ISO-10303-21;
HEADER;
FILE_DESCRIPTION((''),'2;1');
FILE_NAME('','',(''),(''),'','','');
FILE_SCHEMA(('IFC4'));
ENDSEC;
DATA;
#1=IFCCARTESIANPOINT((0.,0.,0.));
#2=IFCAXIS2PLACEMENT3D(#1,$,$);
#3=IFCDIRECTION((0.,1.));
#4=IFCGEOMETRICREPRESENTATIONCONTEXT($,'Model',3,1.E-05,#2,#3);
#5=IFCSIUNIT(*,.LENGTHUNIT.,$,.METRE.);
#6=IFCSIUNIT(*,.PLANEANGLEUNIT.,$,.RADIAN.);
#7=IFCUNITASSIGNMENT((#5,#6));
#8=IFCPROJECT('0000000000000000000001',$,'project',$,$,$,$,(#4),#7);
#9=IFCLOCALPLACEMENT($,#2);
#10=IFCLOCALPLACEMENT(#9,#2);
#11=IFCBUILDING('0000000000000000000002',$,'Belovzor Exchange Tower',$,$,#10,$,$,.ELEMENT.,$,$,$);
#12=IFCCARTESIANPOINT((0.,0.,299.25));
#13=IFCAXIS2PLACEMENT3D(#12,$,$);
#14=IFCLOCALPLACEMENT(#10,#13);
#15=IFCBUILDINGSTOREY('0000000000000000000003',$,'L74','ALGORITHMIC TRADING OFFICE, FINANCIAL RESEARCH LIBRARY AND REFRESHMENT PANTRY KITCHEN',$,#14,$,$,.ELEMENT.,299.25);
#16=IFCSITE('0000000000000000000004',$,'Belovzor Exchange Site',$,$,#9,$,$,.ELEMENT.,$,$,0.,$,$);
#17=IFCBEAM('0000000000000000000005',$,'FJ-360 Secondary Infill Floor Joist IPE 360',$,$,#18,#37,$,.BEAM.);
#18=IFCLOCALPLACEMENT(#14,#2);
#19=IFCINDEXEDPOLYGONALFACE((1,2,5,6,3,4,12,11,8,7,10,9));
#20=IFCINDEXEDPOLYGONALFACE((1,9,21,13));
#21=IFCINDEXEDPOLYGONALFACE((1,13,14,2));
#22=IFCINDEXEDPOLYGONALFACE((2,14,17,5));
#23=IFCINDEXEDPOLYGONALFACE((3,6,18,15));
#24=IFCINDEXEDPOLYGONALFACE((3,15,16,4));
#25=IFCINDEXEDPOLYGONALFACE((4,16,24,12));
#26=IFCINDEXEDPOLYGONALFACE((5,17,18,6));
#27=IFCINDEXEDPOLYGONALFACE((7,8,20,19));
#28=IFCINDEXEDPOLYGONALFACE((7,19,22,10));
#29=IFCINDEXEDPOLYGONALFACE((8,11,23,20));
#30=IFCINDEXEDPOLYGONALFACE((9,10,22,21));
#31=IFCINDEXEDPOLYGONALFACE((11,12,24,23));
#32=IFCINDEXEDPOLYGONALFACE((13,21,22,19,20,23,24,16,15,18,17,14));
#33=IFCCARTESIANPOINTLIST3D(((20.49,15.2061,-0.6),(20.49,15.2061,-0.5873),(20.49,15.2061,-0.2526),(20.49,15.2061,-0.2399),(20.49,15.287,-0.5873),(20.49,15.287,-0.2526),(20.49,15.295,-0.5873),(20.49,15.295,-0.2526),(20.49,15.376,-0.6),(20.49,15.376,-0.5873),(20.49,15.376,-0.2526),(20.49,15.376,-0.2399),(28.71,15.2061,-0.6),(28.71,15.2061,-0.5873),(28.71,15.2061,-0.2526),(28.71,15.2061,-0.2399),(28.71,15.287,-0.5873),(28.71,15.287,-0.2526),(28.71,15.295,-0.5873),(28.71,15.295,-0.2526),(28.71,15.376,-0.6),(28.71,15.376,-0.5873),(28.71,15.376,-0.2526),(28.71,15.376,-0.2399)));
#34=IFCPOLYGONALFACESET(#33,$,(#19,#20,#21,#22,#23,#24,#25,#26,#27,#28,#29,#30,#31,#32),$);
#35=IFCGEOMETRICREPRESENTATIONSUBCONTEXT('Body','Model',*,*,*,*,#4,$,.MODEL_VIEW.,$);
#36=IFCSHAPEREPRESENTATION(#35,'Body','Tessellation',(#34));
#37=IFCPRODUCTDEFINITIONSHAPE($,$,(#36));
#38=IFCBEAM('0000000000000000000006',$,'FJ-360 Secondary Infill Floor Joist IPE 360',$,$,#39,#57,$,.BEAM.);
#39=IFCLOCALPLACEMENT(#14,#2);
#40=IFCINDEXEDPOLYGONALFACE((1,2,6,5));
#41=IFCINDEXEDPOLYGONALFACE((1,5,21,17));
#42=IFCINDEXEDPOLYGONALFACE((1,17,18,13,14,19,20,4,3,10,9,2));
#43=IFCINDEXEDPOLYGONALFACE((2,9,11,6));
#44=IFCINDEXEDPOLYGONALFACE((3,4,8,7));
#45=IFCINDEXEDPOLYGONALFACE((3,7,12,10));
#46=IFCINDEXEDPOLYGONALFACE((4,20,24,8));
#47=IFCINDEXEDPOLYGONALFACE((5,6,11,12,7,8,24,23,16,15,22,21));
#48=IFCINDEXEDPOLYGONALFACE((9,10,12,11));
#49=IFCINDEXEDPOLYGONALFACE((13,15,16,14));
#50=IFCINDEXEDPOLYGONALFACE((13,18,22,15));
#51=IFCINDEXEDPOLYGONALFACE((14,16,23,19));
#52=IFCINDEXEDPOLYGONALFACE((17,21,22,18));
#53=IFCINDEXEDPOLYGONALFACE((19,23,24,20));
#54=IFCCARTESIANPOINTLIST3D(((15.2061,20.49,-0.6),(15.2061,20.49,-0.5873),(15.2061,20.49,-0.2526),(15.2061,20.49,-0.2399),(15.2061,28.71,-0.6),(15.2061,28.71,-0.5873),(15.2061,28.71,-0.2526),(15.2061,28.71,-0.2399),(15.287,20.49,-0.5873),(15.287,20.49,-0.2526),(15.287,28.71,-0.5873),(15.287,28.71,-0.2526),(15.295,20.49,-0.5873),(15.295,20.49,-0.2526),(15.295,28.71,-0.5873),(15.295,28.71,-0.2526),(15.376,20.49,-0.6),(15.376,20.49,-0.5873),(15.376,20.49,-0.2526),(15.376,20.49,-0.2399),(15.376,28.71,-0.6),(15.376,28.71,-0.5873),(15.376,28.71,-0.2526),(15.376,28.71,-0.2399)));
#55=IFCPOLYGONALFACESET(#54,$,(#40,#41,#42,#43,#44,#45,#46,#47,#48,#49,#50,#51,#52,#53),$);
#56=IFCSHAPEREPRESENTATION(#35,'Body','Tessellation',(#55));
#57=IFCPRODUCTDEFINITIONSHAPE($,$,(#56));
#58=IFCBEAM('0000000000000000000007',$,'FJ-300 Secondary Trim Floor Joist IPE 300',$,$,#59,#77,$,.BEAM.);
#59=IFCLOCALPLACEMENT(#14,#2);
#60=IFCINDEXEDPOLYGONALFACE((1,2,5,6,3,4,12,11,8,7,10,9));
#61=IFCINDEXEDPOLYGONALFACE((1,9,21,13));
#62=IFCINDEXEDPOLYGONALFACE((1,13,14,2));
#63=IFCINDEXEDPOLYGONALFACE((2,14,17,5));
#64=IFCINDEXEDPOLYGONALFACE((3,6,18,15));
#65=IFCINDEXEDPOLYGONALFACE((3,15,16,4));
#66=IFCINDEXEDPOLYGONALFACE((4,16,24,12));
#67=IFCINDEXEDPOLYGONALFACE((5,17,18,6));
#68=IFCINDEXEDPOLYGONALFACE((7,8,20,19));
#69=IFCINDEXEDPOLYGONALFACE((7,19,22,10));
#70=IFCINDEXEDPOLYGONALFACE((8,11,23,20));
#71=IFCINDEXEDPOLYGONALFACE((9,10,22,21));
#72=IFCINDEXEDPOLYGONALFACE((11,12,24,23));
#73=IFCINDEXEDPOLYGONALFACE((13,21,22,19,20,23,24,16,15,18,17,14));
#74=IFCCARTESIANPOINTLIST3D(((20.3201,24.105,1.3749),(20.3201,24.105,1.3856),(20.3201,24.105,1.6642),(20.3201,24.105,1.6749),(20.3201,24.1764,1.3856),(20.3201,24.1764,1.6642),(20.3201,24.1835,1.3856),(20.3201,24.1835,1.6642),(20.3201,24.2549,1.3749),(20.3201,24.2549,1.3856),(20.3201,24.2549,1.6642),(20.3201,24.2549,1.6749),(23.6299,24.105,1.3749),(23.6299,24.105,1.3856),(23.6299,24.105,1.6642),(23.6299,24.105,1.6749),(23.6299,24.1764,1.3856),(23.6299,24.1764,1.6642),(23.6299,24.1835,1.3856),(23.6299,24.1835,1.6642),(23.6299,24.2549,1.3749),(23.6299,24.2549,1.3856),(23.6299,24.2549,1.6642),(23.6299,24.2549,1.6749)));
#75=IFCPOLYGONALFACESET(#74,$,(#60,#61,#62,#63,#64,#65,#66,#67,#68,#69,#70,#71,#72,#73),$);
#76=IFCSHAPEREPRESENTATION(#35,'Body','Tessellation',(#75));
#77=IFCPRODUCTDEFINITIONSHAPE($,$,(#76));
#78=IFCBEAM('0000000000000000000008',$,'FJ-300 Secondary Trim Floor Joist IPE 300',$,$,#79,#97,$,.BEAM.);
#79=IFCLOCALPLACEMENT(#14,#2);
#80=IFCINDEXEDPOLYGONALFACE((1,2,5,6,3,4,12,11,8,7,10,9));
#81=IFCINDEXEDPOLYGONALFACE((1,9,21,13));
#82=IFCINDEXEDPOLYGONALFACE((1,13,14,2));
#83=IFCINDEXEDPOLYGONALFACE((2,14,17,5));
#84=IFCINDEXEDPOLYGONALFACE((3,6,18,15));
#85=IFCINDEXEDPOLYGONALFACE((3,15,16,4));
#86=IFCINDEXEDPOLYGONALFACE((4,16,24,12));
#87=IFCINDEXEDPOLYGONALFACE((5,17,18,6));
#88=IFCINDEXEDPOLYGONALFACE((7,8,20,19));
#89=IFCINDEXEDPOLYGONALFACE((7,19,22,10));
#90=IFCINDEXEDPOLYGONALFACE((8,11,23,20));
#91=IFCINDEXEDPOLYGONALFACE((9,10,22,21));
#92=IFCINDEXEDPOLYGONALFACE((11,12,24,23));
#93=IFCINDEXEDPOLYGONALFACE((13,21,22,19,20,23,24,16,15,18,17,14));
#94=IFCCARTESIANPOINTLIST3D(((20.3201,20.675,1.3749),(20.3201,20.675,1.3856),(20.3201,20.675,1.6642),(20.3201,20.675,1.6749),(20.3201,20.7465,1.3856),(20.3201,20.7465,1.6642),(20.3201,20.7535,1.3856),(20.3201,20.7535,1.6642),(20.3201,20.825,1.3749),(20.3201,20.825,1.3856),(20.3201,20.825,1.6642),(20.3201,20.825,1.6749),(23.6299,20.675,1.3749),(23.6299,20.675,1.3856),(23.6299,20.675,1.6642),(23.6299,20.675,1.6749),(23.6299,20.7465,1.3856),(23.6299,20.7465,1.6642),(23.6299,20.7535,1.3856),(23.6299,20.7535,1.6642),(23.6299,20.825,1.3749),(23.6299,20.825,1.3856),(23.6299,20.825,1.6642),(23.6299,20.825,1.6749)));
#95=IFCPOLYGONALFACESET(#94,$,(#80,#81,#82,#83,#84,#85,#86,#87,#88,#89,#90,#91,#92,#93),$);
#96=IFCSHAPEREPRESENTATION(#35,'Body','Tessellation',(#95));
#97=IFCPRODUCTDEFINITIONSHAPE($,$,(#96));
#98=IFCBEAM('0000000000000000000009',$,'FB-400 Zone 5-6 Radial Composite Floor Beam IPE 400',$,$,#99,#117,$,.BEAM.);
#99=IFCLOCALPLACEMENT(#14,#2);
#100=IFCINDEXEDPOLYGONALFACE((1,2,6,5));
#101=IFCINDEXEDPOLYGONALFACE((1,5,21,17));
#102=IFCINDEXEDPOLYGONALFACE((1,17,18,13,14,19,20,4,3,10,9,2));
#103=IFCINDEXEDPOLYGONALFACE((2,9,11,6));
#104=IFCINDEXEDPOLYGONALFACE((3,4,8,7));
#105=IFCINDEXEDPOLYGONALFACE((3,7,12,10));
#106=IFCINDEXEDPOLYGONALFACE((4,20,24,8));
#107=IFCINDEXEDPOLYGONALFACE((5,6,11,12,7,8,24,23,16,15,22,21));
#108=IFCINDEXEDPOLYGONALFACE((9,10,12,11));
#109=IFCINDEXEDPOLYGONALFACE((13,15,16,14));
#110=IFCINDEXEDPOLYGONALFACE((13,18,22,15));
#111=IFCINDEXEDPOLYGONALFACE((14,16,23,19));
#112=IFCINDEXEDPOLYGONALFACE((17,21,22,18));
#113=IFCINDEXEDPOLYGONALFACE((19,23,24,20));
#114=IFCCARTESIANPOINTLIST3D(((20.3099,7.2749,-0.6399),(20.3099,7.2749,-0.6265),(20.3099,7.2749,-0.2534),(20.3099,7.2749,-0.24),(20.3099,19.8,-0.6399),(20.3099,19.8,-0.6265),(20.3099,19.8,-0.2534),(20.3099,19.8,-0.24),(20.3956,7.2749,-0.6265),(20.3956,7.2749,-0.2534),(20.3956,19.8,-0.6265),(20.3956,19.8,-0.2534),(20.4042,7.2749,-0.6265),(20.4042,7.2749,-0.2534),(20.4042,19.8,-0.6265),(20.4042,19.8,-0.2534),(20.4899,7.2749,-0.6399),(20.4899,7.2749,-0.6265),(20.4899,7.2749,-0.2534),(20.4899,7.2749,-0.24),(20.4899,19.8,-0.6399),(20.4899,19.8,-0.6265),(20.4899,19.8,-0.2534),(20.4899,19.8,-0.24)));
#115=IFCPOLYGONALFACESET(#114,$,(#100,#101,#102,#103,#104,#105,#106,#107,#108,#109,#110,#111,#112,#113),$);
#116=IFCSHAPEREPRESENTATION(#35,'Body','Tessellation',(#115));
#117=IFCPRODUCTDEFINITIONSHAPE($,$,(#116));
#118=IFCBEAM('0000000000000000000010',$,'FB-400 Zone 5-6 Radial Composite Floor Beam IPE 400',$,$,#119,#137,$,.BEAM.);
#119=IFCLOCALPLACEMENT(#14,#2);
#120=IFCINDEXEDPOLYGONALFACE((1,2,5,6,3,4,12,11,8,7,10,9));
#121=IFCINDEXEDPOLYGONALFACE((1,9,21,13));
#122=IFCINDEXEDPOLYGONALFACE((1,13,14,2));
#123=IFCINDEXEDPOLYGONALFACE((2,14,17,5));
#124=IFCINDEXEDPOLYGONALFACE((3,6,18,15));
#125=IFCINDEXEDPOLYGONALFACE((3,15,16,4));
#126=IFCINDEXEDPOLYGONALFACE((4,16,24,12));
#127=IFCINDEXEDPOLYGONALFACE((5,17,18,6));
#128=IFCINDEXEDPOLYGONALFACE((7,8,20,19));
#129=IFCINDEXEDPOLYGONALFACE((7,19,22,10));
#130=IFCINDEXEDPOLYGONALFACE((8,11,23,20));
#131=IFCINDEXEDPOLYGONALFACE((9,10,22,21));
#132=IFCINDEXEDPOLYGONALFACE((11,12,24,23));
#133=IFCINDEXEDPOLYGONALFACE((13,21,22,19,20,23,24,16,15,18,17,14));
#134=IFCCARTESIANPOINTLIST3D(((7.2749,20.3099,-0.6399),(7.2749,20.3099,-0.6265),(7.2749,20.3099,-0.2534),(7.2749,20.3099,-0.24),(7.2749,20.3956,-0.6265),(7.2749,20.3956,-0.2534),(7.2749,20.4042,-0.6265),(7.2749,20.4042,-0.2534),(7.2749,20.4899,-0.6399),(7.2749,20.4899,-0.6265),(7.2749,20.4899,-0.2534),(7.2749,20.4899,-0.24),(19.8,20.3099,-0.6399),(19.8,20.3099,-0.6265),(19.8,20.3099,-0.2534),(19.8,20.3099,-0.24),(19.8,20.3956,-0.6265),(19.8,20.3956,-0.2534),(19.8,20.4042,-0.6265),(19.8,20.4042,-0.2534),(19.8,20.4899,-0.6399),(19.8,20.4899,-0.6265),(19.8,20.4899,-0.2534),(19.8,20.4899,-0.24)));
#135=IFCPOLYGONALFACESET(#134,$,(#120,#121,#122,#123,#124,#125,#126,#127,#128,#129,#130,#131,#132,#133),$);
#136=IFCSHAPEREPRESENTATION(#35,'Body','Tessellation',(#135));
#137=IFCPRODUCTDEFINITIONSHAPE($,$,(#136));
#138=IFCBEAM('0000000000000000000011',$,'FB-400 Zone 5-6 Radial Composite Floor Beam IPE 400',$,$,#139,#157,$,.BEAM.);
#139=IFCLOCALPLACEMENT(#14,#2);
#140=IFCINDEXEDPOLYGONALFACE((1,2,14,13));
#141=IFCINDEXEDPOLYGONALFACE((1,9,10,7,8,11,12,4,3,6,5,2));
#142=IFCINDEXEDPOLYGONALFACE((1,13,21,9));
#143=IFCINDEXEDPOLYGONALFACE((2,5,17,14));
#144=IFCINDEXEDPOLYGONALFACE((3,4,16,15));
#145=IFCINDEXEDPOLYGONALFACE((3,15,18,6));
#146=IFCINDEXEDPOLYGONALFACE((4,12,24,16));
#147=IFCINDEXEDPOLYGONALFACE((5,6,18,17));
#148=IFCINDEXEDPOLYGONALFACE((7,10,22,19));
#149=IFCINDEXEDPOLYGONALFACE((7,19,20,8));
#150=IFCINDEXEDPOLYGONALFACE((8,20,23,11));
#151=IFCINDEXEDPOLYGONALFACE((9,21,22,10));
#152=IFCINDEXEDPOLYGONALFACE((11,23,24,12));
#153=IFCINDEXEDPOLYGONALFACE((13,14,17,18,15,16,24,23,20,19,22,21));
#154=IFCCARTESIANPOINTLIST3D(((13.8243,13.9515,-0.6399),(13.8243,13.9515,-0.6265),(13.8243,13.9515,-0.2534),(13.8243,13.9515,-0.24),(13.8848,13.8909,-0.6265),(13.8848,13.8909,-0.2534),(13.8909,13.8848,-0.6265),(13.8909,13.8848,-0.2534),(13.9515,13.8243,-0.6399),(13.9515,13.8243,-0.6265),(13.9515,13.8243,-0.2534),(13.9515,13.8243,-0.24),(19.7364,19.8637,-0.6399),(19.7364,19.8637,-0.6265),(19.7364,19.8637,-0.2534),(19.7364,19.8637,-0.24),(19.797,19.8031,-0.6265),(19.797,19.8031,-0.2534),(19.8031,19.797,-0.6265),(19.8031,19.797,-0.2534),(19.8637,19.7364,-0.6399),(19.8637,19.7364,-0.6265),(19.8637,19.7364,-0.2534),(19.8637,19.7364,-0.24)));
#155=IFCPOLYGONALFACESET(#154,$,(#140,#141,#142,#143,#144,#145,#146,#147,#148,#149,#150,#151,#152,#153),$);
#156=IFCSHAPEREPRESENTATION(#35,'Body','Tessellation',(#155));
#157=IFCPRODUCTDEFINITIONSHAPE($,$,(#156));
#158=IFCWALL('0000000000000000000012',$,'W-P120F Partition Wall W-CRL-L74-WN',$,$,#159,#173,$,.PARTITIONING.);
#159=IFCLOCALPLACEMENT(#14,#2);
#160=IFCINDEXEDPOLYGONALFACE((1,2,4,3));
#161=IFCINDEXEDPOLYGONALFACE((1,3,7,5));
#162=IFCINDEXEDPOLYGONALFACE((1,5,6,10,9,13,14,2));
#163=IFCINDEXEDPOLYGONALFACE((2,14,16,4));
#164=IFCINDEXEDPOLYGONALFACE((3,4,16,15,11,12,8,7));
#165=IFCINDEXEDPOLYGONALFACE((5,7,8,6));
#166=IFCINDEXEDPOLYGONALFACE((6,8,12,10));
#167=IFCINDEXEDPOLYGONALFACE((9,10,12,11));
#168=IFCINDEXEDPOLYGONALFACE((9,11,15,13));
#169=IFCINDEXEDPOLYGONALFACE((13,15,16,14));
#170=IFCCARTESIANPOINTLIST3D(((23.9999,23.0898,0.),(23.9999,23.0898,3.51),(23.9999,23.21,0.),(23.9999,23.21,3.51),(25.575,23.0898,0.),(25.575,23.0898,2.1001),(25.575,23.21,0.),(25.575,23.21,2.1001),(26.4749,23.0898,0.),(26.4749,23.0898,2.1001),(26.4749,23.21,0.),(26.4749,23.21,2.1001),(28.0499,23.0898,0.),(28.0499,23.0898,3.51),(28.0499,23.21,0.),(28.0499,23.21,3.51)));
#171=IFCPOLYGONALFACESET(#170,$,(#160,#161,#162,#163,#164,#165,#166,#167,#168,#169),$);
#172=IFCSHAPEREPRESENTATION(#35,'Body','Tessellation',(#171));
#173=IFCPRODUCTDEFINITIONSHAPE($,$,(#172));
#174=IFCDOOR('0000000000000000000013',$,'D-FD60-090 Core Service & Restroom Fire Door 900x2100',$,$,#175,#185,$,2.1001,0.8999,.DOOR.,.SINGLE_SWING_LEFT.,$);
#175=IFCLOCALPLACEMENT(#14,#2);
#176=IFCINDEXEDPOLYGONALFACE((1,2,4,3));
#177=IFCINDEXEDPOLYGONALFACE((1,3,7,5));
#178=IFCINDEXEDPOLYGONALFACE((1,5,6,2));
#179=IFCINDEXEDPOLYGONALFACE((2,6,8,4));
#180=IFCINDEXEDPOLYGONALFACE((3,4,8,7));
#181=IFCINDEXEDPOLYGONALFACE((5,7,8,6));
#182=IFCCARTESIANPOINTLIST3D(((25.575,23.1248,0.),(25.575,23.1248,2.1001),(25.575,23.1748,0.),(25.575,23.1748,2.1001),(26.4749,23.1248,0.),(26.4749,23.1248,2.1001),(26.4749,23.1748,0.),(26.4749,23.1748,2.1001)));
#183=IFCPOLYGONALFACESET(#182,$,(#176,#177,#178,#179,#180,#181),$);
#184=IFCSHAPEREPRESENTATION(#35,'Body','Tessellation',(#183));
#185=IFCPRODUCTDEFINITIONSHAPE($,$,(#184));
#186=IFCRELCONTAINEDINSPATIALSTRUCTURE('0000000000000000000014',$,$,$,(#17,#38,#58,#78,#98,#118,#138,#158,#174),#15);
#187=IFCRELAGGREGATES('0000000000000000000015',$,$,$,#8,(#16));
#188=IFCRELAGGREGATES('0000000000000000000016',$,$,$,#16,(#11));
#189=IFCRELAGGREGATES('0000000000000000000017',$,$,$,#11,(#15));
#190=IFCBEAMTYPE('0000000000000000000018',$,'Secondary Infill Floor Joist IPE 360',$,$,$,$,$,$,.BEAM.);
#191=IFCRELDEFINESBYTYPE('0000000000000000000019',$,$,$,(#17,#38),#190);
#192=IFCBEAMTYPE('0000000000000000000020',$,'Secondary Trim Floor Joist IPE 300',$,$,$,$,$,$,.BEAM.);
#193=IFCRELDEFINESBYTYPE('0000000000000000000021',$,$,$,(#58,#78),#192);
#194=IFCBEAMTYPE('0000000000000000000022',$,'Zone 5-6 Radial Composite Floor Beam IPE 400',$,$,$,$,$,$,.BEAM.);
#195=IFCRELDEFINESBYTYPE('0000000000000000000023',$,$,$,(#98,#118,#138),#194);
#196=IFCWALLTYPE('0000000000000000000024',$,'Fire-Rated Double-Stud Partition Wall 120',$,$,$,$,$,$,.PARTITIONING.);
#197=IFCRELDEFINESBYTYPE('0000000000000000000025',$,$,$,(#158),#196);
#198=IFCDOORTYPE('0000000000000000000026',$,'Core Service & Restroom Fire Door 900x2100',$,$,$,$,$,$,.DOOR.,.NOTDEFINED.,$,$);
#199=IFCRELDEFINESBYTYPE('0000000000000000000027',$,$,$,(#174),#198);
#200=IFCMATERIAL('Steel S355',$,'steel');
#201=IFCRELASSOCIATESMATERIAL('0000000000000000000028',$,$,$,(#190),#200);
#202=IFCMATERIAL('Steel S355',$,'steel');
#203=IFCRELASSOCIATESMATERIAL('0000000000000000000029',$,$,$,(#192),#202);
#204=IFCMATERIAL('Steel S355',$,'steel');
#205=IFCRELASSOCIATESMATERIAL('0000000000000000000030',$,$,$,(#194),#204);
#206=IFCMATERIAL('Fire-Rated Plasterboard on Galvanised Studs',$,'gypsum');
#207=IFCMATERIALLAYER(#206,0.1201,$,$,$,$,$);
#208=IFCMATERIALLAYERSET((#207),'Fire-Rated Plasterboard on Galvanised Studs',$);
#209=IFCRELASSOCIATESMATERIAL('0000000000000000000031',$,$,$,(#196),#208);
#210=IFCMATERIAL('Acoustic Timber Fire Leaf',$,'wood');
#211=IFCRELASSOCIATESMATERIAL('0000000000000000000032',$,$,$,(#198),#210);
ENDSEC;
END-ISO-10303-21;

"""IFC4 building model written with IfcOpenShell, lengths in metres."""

from ifc_helpers import new_model, si_unit, direction, frame, frame_2d, origin, origin_2d, place, context, subcontext, project, spatial, rectangle, i_section, extrude, material, layer, layer_set, material_profile, profile_set, type_object, element, fill, save


model = new_model("IFC4")

# Units and contexts
model_context = context("Model", 3, precision=1e-05, world=origin(), true_north=direction((0.0, 1.0)))
body_context = subcontext(model_context, "Body", "Model", "MODEL_VIEW")
ifc_project = project(units=[si_unit("LENGTHUNIT", "METRE"), si_unit("PLANEANGLEUNIT", "RADIAN")], contexts=[model_context])

# Site, building, storey
site_placement = place(None, origin())
site = spatial("IfcSite", under=ifc_project, at=site_placement, Name="Belovzor Exchange Site", CompositionType="ELEMENT", RefElevation=0.0)
building_placement = place(site_placement, origin())
building = spatial("IfcBuilding", under=site, at=building_placement, Name="Belovzor Exchange Tower", CompositionType="ELEMENT")
storey_placement = place(building_placement, frame((0.0, 0.0, 299.25)))
storey = spatial("IfcBuildingStorey", under=building, at=storey_placement, Name="L74", Description="ALGORITHMIC TRADING OFFICE, FINANCIAL RESEARCH LIBRARY AND REFRESHMENT PANTRY KITCHEN", CompositionType="ELEMENT", Elevation=299.25)

# Beams
ifc_material_1 = material(Name="Steel S355", Category="steel")
ifc_material_profile_1 = material_profile(ifc_material_1, i_section(OverallWidth=0.1699, OverallDepth=0.3601, WebThickness=0.0081, FlangeThickness=0.0127, at=origin_2d()))
ifc_profile_set_1 = profile_set([ifc_material_profile_1], Name="Steel S355")
beam_type_1 = type_object("IfcBeamType", Name="Secondary Infill Floor Joist IPE 360", PredefinedType="BEAM", material=ifc_profile_set_1)
for number, where, z_axis, x_axis, name in (
    (1, (20.49, 15.291, -0.4199), (1.0, 0.0, 0.0), (0.0, 1.0, 0.0), "FJ-360 Secondary Infill Floor Joist IPE 360"),
    (2, (15.291, 20.49, -0.4199), (0.0, 1.0, 0.0), (-1.0, 0.0, 0.0), "FJ-360 Secondary Infill Floor Joist IPE 360"),
):
    element("IfcBeam", number, at=place(storey_placement, frame(where, z_axis=z_axis, x_axis=x_axis)), inside=storey, type_object=beam_type_1, Name=name, PredefinedType="BEAM", context=body_context, shape_type="SweptSolid", body=[
        extrude(i_section(OverallWidth=0.1699, OverallDepth=0.3601, WebThickness=0.0081, FlangeThickness=0.0127, at=origin_2d()), origin(), (0.0, 0.0, 1.0), 8.22),
    ])
ifc_material_2 = material(Name="Steel S355", Category="steel")
ifc_material_profile_2 = material_profile(ifc_material_2, i_section(OverallWidth=0.1499, OverallDepth=0.3, WebThickness=0.0071, FlangeThickness=0.0107, at=origin_2d()))
ifc_profile_set_2 = profile_set([ifc_material_profile_2], Name="Steel S355")
beam_type_2 = type_object("IfcBeamType", Name="Secondary Trim Floor Joist IPE 300", PredefinedType="BEAM", material=ifc_profile_set_2)
for number, where, z_axis, x_axis, name in (
    (3, (20.3201, 24.1799, 1.5249), (1.0, 0.0, 0.0), (0.0, 1.0, 0.0), "FJ-300 Secondary Trim Floor Joist IPE 300"),
    (4, (20.3201, 20.75, 1.5249), (1.0, 0.0, 0.0), (0.0, 1.0, 0.0), "FJ-300 Secondary Trim Floor Joist IPE 300"),
):
    element("IfcBeam", number, at=place(storey_placement, frame(where, z_axis=z_axis, x_axis=x_axis)), inside=storey, type_object=beam_type_2, Name=name, PredefinedType="BEAM", context=body_context, shape_type="SweptSolid", body=[
        extrude(i_section(OverallWidth=0.1499, OverallDepth=0.3, WebThickness=0.0071, FlangeThickness=0.0107, at=origin_2d()), origin(), (0.0, 0.0, 1.0), 3.3098),
    ])
ifc_material_3 = material(Name="Steel S355", Category="steel")
ifc_material_profile_3 = material_profile(ifc_material_3, i_section(OverallWidth=0.1799, OverallDepth=0.3999, WebThickness=0.0085, FlangeThickness=0.0134, at=origin_2d()))
ifc_profile_set_3 = profile_set([ifc_material_profile_3], Name="Steel S355")
beam_type_3 = type_object("IfcBeamType", Name="Zone 5-6 Radial Composite Floor Beam IPE 400", PredefinedType="BEAM", material=ifc_profile_set_3)
for number, where, z_axis, x_axis, name in (
    (5, (20.3999, 19.8, -0.4399), (0.0, -1.0, 0.0), (1.0, 0.0, 0.0), "FB-400 Zone 5-6 Radial Composite Floor Beam IPE 400"),
    (6, (19.8, 20.3999, -0.4399), (-1.0, 0.0, 0.0), (0.0, -1.0, 0.0), "FB-400 Zone 5-6 Radial Composite Floor Beam IPE 400"),
):
    element("IfcBeam", number, at=place(storey_placement, frame(where, z_axis=z_axis, x_axis=x_axis)), inside=storey, type_object=beam_type_3, Name=name, PredefinedType="BEAM", context=body_context, shape_type="SweptSolid", body=[
        extrude(i_section(OverallWidth=0.1799, OverallDepth=0.3999, WebThickness=0.0085, FlangeThickness=0.0134, at=origin_2d()), origin(), (0.0, 0.0, 1.0), 12.5251),
    ])
beam_placement = place(storey_placement, frame((19.8, 19.8, -0.4399), z_axis=(-0.707107, -0.707107, 0.0), x_axis=(0.707107, -0.707107, 0.0)))
element("IfcBeam", 7, at=beam_placement, inside=storey, type_object=beam_type_3, Name="FB-400 Zone 5-6 Radial Composite Floor Beam IPE 400", PredefinedType="BEAM", context=body_context, shape_type="SweptSolid", body=[
    extrude(i_section(OverallWidth=0.1799, OverallDepth=0.3999, WebThickness=0.0085, FlangeThickness=0.0134, at=origin_2d()), origin(), (0.0, 0.0, 1.0), 8.3611),
])

# Wall, opening, door
ifc_material_4 = material(Name="Fire-Rated Plasterboard on Galvanised Studs", Category="gypsum")
ifc_layer_1 = layer(ifc_material_4, 0.1201)
ifc_layer_set_1 = layer_set([ifc_layer_1], Name="Fire-Rated Plasterboard on Galvanised Studs")
wall_type_1 = type_object("IfcWallType", Name="Fire-Rated Double-Stud Partition Wall 120", PredefinedType="PARTITIONING", material=ifc_layer_set_1)
wall_1_placement = place(storey_placement, frame((24.0, 23.1499, 0.0), z_axis=(0.0, 0.0, 1.0), x_axis=(1.0, 0.0, 0.0)))
wall_1 = element("IfcWall", 8, at=wall_1_placement, inside=storey, type_object=wall_type_1, Name="W-P120F Partition Wall W-CRL-L74-WN", PredefinedType="PARTITIONING", context=body_context, shape_type="SweptSolid", body=[
    extrude(rectangle(XDim=4.05, YDim=0.1201, at=frame_2d((2.0249, 0.0))), origin(), (0.0, 0.0, 1.0), 3.51),
])
opening_1_placement = place(wall_1_placement, frame((1.575, 0.0, 0.0)))
opening_1 = element("IfcOpeningElement", 9, at=opening_1_placement, cuts=wall_1, PredefinedType="OPENING", context=body_context, shape_type="SweptSolid", body=[
    extrude(rectangle(XDim=0.8999, YDim=2.1001, at=frame_2d((0.45, 1.05))), frame((0.0, 0.0701, 0.0), z_axis=(0.0, -1.0, 0.0), x_axis=(1.0, 0.0, 0.0)), (0.0, 0.0, 1.0), 0.1401),
])
ifc_material_5 = material(Name="Acoustic Timber Fire Leaf", Category="wood")
door_type_1 = type_object("IfcDoorType", Name="Core Service & Restroom Fire Door 900x2100", OperationType="NOTDEFINED", PredefinedType="DOOR", material=ifc_material_5)
door_1_placement = place(opening_1_placement, origin())
door_1 = element("IfcDoor", 10, at=door_1_placement, inside=storey, type_object=door_type_1, Name="D-FD60-090 Core Service & Restroom Fire Door 900x2100", OperationType="SINGLE_SWING_LEFT", OverallHeight=2.1001, OverallWidth=0.8999, PredefinedType="DOOR", context=body_context, shape_type="SweptSolid", body=[
    extrude(rectangle(XDim=0.8999, YDim=2.1001, at=frame_2d((0.45, 1.05))), frame((0.0, 0.0249, 0.0), z_axis=(0.0, -1.0, 0.0), x_axis=(1.0, 0.0, 0.0)), (0.0, 0.0, 1.0), 0.05),
])
fill(opening_1, door_1)

save(model, "model.ifc")
